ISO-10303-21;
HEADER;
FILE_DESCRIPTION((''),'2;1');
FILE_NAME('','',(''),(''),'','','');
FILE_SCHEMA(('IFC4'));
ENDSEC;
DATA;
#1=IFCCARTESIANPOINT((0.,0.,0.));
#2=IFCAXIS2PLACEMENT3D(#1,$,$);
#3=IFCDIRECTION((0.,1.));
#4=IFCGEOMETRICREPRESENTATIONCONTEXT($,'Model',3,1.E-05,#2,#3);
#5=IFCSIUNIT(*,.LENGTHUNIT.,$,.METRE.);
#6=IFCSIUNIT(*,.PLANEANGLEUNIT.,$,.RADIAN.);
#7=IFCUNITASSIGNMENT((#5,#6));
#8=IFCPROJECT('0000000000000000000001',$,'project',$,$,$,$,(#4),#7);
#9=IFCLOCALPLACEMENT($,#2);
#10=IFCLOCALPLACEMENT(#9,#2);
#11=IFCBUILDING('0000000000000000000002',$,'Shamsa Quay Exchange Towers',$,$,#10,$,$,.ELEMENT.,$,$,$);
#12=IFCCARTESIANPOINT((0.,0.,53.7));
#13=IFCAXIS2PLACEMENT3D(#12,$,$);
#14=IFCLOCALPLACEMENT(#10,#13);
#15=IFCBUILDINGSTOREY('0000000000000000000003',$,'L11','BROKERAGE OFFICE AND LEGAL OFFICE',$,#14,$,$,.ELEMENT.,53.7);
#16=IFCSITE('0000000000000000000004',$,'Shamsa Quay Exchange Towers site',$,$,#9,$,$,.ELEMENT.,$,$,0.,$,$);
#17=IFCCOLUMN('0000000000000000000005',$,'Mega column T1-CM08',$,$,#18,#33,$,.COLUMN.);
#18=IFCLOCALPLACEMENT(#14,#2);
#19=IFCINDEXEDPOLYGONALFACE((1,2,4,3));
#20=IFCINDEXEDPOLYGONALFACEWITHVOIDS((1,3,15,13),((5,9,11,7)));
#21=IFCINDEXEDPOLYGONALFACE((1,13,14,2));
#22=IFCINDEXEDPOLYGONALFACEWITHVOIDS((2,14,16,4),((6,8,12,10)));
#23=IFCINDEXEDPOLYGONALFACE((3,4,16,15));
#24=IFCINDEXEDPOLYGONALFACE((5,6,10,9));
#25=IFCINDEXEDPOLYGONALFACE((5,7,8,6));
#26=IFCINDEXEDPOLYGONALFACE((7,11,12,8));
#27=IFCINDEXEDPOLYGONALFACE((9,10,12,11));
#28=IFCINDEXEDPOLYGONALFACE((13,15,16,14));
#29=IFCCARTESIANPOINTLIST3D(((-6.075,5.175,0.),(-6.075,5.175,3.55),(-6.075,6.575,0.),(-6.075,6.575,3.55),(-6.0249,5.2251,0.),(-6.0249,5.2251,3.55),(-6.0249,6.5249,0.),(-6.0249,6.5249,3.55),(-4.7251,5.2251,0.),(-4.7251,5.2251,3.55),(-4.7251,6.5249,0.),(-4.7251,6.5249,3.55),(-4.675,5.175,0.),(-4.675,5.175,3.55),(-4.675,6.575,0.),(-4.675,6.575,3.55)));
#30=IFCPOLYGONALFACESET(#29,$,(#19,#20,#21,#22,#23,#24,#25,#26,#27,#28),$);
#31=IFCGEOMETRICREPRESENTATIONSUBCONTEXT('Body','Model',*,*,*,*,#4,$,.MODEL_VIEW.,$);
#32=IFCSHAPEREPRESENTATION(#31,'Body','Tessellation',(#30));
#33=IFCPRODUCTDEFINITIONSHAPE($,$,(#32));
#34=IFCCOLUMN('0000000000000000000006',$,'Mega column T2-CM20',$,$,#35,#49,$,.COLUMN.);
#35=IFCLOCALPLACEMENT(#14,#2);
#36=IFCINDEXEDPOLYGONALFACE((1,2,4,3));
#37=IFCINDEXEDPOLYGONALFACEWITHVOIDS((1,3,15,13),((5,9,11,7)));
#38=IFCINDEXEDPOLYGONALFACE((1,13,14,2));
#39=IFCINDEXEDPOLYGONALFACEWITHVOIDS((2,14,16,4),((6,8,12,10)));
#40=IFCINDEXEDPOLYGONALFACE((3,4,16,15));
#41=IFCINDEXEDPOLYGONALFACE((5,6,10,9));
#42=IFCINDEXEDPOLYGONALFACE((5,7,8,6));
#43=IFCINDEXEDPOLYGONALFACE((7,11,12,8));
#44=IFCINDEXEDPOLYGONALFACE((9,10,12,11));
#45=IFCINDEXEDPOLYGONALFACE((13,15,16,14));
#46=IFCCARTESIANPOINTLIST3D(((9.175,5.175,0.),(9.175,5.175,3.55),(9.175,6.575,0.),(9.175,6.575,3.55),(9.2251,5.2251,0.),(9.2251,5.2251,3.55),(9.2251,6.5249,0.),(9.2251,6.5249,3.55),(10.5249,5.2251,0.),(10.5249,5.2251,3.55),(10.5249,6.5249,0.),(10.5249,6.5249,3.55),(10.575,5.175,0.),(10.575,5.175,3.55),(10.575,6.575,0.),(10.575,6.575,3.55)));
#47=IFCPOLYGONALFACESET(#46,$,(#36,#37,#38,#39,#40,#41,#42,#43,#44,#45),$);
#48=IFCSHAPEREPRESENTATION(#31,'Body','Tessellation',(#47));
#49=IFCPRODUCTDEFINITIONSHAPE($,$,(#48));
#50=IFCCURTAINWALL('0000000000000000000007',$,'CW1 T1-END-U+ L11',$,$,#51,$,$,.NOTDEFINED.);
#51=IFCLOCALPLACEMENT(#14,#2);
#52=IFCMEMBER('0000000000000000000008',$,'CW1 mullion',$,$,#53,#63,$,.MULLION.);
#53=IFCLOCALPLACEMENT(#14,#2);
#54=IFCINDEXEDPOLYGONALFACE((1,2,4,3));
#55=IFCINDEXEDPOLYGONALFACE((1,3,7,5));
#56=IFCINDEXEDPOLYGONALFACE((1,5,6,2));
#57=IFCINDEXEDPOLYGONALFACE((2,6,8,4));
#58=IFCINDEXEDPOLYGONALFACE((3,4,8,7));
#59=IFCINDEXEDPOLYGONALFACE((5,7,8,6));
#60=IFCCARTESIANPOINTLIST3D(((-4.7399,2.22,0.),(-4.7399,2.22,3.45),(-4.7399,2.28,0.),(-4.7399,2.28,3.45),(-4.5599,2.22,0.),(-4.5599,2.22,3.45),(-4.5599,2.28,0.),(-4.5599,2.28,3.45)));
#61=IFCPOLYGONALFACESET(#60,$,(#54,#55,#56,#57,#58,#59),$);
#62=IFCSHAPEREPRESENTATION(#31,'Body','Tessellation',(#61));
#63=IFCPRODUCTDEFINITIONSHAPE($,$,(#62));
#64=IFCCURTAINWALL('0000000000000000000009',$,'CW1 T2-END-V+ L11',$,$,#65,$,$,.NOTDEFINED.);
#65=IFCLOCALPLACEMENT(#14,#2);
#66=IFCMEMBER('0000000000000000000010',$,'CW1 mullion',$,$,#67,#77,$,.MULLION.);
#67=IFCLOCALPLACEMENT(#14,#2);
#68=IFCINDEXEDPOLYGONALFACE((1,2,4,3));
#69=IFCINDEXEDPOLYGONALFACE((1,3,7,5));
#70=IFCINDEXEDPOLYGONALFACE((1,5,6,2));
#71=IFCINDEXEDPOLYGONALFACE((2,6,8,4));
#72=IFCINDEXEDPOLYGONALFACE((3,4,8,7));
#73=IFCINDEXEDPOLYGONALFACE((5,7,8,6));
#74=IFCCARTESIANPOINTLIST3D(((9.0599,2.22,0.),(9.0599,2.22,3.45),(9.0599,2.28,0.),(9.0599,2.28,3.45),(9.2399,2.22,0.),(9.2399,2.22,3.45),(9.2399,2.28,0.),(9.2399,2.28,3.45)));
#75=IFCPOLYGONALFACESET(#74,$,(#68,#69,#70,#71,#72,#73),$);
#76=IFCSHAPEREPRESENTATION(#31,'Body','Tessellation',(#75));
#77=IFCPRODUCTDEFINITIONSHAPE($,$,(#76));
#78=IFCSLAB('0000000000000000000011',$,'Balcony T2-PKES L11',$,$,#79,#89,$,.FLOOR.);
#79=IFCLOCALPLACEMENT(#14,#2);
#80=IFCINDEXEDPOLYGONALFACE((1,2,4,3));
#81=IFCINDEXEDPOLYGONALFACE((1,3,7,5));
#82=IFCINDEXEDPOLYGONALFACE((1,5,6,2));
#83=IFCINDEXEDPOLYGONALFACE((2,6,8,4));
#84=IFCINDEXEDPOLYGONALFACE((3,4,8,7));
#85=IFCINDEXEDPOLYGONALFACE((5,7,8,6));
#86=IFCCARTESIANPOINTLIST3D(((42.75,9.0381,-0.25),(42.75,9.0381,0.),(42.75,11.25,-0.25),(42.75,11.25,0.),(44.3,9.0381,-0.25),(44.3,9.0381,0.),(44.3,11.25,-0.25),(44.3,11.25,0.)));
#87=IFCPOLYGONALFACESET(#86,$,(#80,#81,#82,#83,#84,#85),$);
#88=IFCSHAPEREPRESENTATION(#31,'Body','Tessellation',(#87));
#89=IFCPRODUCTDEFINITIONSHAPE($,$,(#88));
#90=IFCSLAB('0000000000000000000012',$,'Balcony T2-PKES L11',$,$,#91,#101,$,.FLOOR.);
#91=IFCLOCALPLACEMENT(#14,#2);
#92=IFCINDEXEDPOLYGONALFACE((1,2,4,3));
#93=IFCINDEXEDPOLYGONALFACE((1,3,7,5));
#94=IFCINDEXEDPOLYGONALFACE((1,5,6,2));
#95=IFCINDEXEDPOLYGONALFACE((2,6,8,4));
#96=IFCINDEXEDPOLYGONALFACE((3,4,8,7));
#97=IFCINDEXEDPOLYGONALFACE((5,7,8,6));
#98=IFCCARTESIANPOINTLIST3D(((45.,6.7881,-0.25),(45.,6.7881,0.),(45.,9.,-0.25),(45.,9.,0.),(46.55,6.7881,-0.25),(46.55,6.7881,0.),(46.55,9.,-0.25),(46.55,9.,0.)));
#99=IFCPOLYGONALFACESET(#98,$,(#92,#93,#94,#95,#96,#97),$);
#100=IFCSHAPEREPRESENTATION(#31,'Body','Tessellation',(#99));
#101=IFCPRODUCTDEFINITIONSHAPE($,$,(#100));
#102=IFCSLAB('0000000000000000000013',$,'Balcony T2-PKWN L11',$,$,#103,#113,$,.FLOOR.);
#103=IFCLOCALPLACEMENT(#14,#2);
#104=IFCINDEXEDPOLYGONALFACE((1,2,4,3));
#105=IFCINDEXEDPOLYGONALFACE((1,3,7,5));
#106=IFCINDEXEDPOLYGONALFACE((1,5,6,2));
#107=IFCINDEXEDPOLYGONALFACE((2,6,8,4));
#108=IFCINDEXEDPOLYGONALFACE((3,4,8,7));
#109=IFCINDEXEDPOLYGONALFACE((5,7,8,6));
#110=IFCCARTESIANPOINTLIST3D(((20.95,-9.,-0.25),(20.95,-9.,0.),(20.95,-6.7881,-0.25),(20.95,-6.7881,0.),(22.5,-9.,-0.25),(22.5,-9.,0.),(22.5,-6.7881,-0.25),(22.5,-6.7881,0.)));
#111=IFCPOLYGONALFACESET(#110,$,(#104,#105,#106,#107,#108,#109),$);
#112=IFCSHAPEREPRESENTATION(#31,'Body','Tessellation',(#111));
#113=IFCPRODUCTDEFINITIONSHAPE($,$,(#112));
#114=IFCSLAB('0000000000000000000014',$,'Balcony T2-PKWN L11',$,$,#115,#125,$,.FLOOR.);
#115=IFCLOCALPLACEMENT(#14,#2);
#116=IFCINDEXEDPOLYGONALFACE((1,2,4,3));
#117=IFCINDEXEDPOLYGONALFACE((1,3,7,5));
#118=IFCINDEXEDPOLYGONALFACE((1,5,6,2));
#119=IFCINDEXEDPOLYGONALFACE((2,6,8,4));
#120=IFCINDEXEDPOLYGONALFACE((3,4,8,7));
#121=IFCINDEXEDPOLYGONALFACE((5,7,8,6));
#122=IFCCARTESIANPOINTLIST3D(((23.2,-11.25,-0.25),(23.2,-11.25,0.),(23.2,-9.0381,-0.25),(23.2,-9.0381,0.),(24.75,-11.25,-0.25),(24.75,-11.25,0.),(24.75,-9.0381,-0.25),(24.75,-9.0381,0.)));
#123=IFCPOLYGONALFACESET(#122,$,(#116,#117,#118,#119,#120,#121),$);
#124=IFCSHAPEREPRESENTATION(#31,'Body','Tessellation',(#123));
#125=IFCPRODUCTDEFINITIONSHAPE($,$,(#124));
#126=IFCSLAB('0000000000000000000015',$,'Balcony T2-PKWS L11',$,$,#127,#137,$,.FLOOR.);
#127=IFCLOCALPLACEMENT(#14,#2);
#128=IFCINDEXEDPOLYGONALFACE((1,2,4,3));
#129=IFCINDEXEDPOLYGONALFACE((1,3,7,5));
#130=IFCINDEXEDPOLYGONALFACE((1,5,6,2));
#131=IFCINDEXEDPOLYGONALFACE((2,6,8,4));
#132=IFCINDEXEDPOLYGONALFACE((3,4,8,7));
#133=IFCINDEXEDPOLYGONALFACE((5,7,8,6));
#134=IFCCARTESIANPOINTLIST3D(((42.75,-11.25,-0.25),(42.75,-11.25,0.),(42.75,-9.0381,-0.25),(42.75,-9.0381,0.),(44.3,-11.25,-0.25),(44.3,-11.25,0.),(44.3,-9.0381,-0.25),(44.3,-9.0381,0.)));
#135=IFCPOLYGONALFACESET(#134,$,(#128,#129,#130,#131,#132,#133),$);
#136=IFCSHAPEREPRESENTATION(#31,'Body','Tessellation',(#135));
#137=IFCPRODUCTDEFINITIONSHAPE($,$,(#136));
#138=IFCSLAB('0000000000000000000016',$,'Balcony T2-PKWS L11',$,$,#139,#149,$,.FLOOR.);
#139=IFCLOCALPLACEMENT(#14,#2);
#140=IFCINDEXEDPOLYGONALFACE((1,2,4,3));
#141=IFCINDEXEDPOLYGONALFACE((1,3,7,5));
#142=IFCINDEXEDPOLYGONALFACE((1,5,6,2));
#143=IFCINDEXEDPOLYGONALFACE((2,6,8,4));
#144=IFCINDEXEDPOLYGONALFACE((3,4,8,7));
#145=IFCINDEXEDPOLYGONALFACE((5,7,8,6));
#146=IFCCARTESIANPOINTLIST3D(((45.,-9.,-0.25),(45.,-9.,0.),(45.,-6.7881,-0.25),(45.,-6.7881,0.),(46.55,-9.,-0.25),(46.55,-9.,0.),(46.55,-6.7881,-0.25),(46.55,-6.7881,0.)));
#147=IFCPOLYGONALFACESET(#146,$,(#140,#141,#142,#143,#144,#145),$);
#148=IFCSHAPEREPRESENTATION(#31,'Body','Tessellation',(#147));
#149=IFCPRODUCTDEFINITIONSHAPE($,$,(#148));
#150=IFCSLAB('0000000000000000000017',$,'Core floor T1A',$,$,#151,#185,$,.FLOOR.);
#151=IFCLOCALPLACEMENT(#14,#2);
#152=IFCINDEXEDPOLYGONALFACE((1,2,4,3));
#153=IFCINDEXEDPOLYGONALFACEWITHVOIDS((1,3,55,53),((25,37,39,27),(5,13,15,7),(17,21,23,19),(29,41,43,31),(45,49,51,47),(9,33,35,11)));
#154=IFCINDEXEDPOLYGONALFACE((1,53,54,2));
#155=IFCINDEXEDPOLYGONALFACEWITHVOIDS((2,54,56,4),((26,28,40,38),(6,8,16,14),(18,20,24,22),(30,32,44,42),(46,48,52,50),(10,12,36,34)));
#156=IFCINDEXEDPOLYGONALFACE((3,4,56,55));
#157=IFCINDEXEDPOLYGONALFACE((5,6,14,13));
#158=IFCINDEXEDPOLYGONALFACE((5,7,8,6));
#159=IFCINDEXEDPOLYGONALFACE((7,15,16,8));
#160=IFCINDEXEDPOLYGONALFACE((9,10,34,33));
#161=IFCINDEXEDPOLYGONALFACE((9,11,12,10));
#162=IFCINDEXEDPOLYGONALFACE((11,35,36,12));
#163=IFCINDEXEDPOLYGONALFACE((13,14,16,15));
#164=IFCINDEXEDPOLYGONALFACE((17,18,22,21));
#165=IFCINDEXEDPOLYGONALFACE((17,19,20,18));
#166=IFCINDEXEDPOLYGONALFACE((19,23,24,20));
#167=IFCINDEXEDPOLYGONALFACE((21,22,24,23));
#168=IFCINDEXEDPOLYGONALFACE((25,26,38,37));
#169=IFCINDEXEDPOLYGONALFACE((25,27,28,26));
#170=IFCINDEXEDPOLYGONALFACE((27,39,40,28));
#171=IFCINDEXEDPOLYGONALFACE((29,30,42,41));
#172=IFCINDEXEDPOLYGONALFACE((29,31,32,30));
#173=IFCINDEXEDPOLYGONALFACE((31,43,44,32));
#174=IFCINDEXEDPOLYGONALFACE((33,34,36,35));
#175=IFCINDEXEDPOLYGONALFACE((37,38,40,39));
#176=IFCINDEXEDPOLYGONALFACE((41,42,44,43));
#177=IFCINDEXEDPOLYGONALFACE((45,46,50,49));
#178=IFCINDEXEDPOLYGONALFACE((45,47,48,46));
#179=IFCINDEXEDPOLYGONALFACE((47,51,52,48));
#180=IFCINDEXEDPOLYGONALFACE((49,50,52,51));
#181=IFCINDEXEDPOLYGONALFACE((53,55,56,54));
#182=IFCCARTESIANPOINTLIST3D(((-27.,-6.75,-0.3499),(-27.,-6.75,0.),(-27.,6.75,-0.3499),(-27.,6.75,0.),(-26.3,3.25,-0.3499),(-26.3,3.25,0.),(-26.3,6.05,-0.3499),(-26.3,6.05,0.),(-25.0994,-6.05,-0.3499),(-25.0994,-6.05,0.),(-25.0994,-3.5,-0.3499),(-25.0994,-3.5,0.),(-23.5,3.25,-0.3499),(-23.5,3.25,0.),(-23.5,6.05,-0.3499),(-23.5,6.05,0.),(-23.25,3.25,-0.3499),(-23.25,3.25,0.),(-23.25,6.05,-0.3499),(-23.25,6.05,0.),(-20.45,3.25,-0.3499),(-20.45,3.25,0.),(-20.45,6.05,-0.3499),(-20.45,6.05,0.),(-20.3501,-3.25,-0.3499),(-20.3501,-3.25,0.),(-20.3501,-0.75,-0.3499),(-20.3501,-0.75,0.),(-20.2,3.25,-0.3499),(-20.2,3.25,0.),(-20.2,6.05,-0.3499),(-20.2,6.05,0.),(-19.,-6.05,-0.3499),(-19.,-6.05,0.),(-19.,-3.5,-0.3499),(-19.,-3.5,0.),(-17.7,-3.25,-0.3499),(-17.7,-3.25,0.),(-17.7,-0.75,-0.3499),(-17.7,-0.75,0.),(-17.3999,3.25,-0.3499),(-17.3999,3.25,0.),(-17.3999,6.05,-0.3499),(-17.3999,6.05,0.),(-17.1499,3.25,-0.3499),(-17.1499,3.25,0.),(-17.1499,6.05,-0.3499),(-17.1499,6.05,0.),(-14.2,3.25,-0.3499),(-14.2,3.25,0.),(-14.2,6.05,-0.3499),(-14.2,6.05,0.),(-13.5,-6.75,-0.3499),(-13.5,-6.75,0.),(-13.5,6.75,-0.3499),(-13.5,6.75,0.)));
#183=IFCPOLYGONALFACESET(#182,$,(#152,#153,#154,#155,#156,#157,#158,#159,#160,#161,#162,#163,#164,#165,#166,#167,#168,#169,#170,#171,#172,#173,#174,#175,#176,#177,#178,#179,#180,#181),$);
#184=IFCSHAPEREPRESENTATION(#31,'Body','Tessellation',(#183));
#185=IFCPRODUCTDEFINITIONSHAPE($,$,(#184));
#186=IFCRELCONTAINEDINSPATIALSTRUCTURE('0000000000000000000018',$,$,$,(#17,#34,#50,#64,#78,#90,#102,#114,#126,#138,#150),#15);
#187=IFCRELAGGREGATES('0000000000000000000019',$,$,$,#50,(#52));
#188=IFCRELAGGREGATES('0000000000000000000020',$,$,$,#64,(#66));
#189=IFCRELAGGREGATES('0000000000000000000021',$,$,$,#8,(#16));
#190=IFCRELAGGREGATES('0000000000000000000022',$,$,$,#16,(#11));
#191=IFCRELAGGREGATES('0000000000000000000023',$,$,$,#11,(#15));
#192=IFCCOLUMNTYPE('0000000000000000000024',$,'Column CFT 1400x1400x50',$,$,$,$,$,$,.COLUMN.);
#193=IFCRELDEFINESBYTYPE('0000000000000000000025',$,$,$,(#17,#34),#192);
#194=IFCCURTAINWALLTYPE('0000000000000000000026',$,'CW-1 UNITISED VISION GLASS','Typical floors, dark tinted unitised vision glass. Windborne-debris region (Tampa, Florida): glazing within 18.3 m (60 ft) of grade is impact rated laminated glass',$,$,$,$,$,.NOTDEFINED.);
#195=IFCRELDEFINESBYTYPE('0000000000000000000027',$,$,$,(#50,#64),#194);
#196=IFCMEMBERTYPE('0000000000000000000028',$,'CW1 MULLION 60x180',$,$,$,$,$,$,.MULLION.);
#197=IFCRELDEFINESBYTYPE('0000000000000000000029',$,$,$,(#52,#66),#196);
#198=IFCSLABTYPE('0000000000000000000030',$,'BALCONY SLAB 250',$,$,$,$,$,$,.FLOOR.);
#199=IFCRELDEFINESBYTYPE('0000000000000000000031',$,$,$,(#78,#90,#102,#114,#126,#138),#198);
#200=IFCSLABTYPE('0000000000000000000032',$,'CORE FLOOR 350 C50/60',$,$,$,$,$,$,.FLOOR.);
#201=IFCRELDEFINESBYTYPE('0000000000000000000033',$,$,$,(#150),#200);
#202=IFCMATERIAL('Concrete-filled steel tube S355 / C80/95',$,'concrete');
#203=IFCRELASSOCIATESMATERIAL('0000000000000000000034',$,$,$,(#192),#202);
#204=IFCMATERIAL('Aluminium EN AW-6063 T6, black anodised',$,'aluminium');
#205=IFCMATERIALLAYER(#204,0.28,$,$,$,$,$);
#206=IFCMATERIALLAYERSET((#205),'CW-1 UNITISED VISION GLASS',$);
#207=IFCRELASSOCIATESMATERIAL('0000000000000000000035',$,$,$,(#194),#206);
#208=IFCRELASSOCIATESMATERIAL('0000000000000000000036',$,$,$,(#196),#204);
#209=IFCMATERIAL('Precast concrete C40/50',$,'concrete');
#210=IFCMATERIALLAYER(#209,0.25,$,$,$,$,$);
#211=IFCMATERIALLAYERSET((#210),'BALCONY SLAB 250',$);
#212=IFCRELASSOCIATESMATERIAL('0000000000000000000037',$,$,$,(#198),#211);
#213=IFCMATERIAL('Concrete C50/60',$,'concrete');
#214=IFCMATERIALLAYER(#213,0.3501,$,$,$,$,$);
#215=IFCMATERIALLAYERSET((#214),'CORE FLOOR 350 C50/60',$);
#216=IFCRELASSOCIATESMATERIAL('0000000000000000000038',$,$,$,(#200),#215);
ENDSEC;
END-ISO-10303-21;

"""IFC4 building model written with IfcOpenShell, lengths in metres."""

from ifc_helpers import new_model, si_unit, direction, frame, origin, origin_2d, place, context, subcontext, project, spatial, polyline, rectangle, hollow_rectangle, outline, extrude, material, layer, layer_set, material_profile, profile_set, type_object, element, aggregate, save


model = new_model("IFC4")

# Units and contexts
model_context = context("Model", 3, precision=1e-05, world=origin(), true_north=direction((0.0, 1.0)))
body_context = subcontext(model_context, "Body", "Model", "MODEL_VIEW")
ifc_project = project(units=[si_unit("LENGTHUNIT", "METRE"), si_unit("PLANEANGLEUNIT", "RADIAN")], contexts=[model_context])

# Site, building, storey
site_placement = place(None, origin())
site = spatial("IfcSite", under=ifc_project, at=site_placement, Name="Shamsa Quay Exchange Towers site", CompositionType="ELEMENT", RefElevation=0.0)
building_placement = place(site_placement, origin())
building = spatial("IfcBuilding", under=site, at=building_placement, Name="Shamsa Quay Exchange Towers", CompositionType="ELEMENT")
storey_placement = place(building_placement, frame((0.0, 0.0, 53.7)))
storey = spatial("IfcBuildingStorey", under=building, at=storey_placement, Name="L11", Description="BROKERAGE OFFICE AND LEGAL OFFICE", CompositionType="ELEMENT", Elevation=53.7)

# Columns
ifc_material_1 = material(Name="Concrete-filled steel tube S355 / C80/95", Category="concrete")
ifc_material_profile_1 = material_profile(ifc_material_1, hollow_rectangle(XDim=1.3999, YDim=1.3999, WallThickness=0.05, at=origin_2d()), Name="CFT 1400x1400x50")
ifc_profile_set_1 = profile_set([ifc_material_profile_1], Name="Concrete-filled steel tube S355 / C80/95")
column_type = type_object("IfcColumnType", Name="Column CFT 1400x1400x50", PredefinedType="COLUMN", material=ifc_profile_set_1)
for number, where, name in (
    (1, (-5.375, 5.875, 0.0), "Mega column T1-CM08"),
    (2, (9.875, 5.875, 0.0), "Mega column T2-CM20"),
):
    element("IfcColumn", number, at=place(storey_placement, frame(where)), inside=storey, type_object=column_type, Name=name, PredefinedType="COLUMN", context=body_context, shape_type="SweptSolid", body=[
        extrude(hollow_rectangle(XDim=1.3999, YDim=1.3999, WallThickness=0.05, at=origin_2d()), origin(), (0.0, 0.0, 1.0), 3.55),
    ])

# Curtain walls, members
ifc_material_2 = material(Name="Aluminium EN AW-6063 T6, black anodised", Category="aluminium")
ifc_layer_1 = layer(ifc_material_2, 0.28)
ifc_layer_set_1 = layer_set([ifc_layer_1], Name="CW-1 UNITISED VISION GLASS")
curtain_wall_type = type_object("IfcCurtainWallType", Name="CW-1 UNITISED VISION GLASS", Description="Typical floors, dark tinted unitised vision glass. Windborne-debris region (Tampa, Florida): glazing within 18.3 m (60 ft) of grade is impact rated laminated glass", PredefinedType="NOTDEFINED", material=ifc_layer_set_1)
curtain_wall_1_placement = place(storey_placement, origin())
curtain_wall_1 = element("IfcCurtainWall", 3, at=curtain_wall_1_placement, inside=storey, type_object=curtain_wall_type, Name="CW1 T1-END-U+ L11", PredefinedType="NOTDEFINED")
ifc_material_profile_2 = material_profile(ifc_material_2, rectangle(XDim=0.1799, YDim=0.0601, at=origin_2d()), Name="MU60x180")
ifc_profile_set_2 = profile_set([ifc_material_profile_2], Name="Aluminium EN AW-6063 T6, black anodised")
member_type = type_object("IfcMemberType", Name="CW1 MULLION 60x180", PredefinedType="MULLION", material=ifc_profile_set_2)
member_1_placement = place(storey_placement, frame((-4.6499, 2.25, 0.0), z_axis=(0.0, 0.0, 1.0), x_axis=(-1.0, 0.0, 0.0)))
member_1 = element("IfcMember", 4, at=member_1_placement, type_object=member_type, Name="CW1 mullion", PredefinedType="MULLION", context=body_context, shape_type="SweptSolid", body=[
    extrude(rectangle(XDim=0.1799, YDim=0.0601, at=origin_2d()), origin(), (0.0, 0.0, 1.0), 3.45),
])
curtain_wall_2_placement = place(storey_placement, origin())
curtain_wall_2 = element("IfcCurtainWall", 5, at=curtain_wall_2_placement, inside=storey, type_object=curtain_wall_type, Name="CW1 T2-END-V+ L11", PredefinedType="NOTDEFINED")
member_2_placement = place(storey_placement, frame((9.1499, 2.25, 0.0)))
member_2 = element("IfcMember", 6, at=member_2_placement, type_object=member_type, Name="CW1 mullion", PredefinedType="MULLION", context=body_context, shape_type="SweptSolid", body=[
    extrude(rectangle(XDim=0.1799, YDim=0.0601, at=origin_2d()), origin(), (0.0, 0.0, 1.0), 3.45),
])

# Slabs
ifc_material_3 = material(Name="Precast concrete C40/50", Category="concrete")
ifc_layer_2 = layer(ifc_material_3, 0.25)
ifc_layer_set_2 = layer_set([ifc_layer_2], Name="BALCONY SLAB 250")
slab_type_1 = type_object("IfcSlabType", Name="BALCONY SLAB 250", PredefinedType="FLOOR", material=ifc_layer_set_2)
slab_1_placement = place(storey_placement, frame((0.0, 0.0, -0.25)))
element("IfcSlab", 7, at=slab_1_placement, inside=storey, type_object=slab_type_1, Name="Balcony T2-PKES L11", PredefinedType="FLOOR", context=body_context, shape_type="SweptSolid", body=[
    extrude(outline(polyline([(42.75, 9.0381), (42.75, 11.25), (44.3, 11.25), (44.3, 9.0381), (42.75, 9.0381)])), origin(), (0.0, 0.0, 1.0), 0.25),
])
slab_2_placement = place(storey_placement, frame((0.0, 0.0, -0.25)))
element("IfcSlab", 8, at=slab_2_placement, inside=storey, type_object=slab_type_1, Name="Balcony T2-PKES L11", PredefinedType="FLOOR", context=body_context, shape_type="SweptSolid", body=[
    extrude(outline(polyline([(45.0, 6.7881), (45.0, 9.0), (46.55, 9.0), (46.55, 6.7881), (45.0, 6.7881)])), origin(), (0.0, 0.0, 1.0), 0.25),
])
slab_3_placement = place(storey_placement, frame((0.0, 0.0, -0.25)))
element("IfcSlab", 9, at=slab_3_placement, inside=storey, type_object=slab_type_1, Name="Balcony T2-PKWN L11", PredefinedType="FLOOR", context=body_context, shape_type="SweptSolid", body=[
    extrude(outline(polyline([(22.5, -6.7881), (22.5, -9.0), (20.95, -9.0), (20.95, -6.7881), (22.5, -6.7881)])), origin(), (0.0, 0.0, 1.0), 0.25),
])
slab_4_placement = place(storey_placement, frame((0.0, 0.0, -0.25)))
element("IfcSlab", 10, at=slab_4_placement, inside=storey, type_object=slab_type_1, Name="Balcony T2-PKWN L11", PredefinedType="FLOOR", context=body_context, shape_type="SweptSolid", body=[
    extrude(outline(polyline([(24.75, -9.0381), (24.75, -11.25), (23.2, -11.25), (23.2, -9.0381), (24.75, -9.0381)])), origin(), (0.0, 0.0, 1.0), 0.25),
])
slab_5_placement = place(storey_placement, frame((0.0, 0.0, -0.25)))
element("IfcSlab", 11, at=slab_5_placement, inside=storey, type_object=slab_type_1, Name="Balcony T2-PKWS L11", PredefinedType="FLOOR", context=body_context, shape_type="SweptSolid", body=[
    extrude(outline(polyline([(42.75, -11.25), (42.75, -9.0381), (44.3, -9.0381), (44.3, -11.25), (42.75, -11.25)])), origin(), (0.0, 0.0, 1.0), 0.25),
])
slab_6_placement = place(storey_placement, frame((0.0, 0.0, -0.25)))
element("IfcSlab", 12, at=slab_6_placement, inside=storey, type_object=slab_type_1, Name="Balcony T2-PKWS L11", PredefinedType="FLOOR", context=body_context, shape_type="SweptSolid", body=[
    extrude(outline(polyline([(45.0, -9.0), (45.0, -6.7881), (46.55, -6.7881), (46.55, -9.0), (45.0, -9.0)])), origin(), (0.0, 0.0, 1.0), 0.25),
])
ifc_material_4 = material(Name="Concrete C50/60", Category="concrete")
ifc_layer_3 = layer(ifc_material_4, 0.3501)
ifc_layer_set_3 = layer_set([ifc_layer_3], Name="CORE FLOOR 350 C50/60")
slab_type_2 = type_object("IfcSlabType", Name="CORE FLOOR 350 C50/60", PredefinedType="FLOOR", material=ifc_layer_set_3)
slab_7_placement = place(storey_placement, frame((0.0, 0.0, -0.3499)))
element("IfcSlab", 13, at=slab_7_placement, inside=storey, type_object=slab_type_2, Name="Core floor T1A", PredefinedType="FLOOR", context=body_context, shape_type="SweptSolid", body=[
    extrude(outline(polyline([(-27.0, -6.75), (-13.5, -6.75), (-13.5, 6.75), (-27.0, 6.75), (-27.0, -6.75)]), holes=[polyline([(-25.0994, -6.05), (-25.0994, -3.5), (-19.0, -3.5), (-19.0, -6.05), (-25.0994, -6.05)]), polyline([(-26.3, 3.25), (-26.3, 6.05), (-23.5, 6.05), (-23.5, 3.25), (-26.3, 3.25)]), polyline([(-23.25, 3.25), (-23.25, 6.05), (-20.45, 6.05), (-20.45, 3.25), (-23.25, 3.25)]), polyline([(-20.2, 3.25), (-20.2, 6.05), (-17.3999, 6.05), (-17.3999, 3.25), (-20.2, 3.25)]), polyline([(-17.1499, 3.25), (-17.1499, 6.05), (-14.2, 6.05), (-14.2, 3.25), (-17.1499, 3.25)]), polyline([(-20.3501, -3.25), (-20.3501, -0.75), (-17.7, -0.75), (-17.7, -3.25), (-20.3501, -3.25)])]), origin(), (0.0, 0.0, 1.0), 0.3499),
])

aggregate(curtain_wall_1, [member_1])
aggregate(curtain_wall_2, [member_2])

save(model, "model.ifc")
